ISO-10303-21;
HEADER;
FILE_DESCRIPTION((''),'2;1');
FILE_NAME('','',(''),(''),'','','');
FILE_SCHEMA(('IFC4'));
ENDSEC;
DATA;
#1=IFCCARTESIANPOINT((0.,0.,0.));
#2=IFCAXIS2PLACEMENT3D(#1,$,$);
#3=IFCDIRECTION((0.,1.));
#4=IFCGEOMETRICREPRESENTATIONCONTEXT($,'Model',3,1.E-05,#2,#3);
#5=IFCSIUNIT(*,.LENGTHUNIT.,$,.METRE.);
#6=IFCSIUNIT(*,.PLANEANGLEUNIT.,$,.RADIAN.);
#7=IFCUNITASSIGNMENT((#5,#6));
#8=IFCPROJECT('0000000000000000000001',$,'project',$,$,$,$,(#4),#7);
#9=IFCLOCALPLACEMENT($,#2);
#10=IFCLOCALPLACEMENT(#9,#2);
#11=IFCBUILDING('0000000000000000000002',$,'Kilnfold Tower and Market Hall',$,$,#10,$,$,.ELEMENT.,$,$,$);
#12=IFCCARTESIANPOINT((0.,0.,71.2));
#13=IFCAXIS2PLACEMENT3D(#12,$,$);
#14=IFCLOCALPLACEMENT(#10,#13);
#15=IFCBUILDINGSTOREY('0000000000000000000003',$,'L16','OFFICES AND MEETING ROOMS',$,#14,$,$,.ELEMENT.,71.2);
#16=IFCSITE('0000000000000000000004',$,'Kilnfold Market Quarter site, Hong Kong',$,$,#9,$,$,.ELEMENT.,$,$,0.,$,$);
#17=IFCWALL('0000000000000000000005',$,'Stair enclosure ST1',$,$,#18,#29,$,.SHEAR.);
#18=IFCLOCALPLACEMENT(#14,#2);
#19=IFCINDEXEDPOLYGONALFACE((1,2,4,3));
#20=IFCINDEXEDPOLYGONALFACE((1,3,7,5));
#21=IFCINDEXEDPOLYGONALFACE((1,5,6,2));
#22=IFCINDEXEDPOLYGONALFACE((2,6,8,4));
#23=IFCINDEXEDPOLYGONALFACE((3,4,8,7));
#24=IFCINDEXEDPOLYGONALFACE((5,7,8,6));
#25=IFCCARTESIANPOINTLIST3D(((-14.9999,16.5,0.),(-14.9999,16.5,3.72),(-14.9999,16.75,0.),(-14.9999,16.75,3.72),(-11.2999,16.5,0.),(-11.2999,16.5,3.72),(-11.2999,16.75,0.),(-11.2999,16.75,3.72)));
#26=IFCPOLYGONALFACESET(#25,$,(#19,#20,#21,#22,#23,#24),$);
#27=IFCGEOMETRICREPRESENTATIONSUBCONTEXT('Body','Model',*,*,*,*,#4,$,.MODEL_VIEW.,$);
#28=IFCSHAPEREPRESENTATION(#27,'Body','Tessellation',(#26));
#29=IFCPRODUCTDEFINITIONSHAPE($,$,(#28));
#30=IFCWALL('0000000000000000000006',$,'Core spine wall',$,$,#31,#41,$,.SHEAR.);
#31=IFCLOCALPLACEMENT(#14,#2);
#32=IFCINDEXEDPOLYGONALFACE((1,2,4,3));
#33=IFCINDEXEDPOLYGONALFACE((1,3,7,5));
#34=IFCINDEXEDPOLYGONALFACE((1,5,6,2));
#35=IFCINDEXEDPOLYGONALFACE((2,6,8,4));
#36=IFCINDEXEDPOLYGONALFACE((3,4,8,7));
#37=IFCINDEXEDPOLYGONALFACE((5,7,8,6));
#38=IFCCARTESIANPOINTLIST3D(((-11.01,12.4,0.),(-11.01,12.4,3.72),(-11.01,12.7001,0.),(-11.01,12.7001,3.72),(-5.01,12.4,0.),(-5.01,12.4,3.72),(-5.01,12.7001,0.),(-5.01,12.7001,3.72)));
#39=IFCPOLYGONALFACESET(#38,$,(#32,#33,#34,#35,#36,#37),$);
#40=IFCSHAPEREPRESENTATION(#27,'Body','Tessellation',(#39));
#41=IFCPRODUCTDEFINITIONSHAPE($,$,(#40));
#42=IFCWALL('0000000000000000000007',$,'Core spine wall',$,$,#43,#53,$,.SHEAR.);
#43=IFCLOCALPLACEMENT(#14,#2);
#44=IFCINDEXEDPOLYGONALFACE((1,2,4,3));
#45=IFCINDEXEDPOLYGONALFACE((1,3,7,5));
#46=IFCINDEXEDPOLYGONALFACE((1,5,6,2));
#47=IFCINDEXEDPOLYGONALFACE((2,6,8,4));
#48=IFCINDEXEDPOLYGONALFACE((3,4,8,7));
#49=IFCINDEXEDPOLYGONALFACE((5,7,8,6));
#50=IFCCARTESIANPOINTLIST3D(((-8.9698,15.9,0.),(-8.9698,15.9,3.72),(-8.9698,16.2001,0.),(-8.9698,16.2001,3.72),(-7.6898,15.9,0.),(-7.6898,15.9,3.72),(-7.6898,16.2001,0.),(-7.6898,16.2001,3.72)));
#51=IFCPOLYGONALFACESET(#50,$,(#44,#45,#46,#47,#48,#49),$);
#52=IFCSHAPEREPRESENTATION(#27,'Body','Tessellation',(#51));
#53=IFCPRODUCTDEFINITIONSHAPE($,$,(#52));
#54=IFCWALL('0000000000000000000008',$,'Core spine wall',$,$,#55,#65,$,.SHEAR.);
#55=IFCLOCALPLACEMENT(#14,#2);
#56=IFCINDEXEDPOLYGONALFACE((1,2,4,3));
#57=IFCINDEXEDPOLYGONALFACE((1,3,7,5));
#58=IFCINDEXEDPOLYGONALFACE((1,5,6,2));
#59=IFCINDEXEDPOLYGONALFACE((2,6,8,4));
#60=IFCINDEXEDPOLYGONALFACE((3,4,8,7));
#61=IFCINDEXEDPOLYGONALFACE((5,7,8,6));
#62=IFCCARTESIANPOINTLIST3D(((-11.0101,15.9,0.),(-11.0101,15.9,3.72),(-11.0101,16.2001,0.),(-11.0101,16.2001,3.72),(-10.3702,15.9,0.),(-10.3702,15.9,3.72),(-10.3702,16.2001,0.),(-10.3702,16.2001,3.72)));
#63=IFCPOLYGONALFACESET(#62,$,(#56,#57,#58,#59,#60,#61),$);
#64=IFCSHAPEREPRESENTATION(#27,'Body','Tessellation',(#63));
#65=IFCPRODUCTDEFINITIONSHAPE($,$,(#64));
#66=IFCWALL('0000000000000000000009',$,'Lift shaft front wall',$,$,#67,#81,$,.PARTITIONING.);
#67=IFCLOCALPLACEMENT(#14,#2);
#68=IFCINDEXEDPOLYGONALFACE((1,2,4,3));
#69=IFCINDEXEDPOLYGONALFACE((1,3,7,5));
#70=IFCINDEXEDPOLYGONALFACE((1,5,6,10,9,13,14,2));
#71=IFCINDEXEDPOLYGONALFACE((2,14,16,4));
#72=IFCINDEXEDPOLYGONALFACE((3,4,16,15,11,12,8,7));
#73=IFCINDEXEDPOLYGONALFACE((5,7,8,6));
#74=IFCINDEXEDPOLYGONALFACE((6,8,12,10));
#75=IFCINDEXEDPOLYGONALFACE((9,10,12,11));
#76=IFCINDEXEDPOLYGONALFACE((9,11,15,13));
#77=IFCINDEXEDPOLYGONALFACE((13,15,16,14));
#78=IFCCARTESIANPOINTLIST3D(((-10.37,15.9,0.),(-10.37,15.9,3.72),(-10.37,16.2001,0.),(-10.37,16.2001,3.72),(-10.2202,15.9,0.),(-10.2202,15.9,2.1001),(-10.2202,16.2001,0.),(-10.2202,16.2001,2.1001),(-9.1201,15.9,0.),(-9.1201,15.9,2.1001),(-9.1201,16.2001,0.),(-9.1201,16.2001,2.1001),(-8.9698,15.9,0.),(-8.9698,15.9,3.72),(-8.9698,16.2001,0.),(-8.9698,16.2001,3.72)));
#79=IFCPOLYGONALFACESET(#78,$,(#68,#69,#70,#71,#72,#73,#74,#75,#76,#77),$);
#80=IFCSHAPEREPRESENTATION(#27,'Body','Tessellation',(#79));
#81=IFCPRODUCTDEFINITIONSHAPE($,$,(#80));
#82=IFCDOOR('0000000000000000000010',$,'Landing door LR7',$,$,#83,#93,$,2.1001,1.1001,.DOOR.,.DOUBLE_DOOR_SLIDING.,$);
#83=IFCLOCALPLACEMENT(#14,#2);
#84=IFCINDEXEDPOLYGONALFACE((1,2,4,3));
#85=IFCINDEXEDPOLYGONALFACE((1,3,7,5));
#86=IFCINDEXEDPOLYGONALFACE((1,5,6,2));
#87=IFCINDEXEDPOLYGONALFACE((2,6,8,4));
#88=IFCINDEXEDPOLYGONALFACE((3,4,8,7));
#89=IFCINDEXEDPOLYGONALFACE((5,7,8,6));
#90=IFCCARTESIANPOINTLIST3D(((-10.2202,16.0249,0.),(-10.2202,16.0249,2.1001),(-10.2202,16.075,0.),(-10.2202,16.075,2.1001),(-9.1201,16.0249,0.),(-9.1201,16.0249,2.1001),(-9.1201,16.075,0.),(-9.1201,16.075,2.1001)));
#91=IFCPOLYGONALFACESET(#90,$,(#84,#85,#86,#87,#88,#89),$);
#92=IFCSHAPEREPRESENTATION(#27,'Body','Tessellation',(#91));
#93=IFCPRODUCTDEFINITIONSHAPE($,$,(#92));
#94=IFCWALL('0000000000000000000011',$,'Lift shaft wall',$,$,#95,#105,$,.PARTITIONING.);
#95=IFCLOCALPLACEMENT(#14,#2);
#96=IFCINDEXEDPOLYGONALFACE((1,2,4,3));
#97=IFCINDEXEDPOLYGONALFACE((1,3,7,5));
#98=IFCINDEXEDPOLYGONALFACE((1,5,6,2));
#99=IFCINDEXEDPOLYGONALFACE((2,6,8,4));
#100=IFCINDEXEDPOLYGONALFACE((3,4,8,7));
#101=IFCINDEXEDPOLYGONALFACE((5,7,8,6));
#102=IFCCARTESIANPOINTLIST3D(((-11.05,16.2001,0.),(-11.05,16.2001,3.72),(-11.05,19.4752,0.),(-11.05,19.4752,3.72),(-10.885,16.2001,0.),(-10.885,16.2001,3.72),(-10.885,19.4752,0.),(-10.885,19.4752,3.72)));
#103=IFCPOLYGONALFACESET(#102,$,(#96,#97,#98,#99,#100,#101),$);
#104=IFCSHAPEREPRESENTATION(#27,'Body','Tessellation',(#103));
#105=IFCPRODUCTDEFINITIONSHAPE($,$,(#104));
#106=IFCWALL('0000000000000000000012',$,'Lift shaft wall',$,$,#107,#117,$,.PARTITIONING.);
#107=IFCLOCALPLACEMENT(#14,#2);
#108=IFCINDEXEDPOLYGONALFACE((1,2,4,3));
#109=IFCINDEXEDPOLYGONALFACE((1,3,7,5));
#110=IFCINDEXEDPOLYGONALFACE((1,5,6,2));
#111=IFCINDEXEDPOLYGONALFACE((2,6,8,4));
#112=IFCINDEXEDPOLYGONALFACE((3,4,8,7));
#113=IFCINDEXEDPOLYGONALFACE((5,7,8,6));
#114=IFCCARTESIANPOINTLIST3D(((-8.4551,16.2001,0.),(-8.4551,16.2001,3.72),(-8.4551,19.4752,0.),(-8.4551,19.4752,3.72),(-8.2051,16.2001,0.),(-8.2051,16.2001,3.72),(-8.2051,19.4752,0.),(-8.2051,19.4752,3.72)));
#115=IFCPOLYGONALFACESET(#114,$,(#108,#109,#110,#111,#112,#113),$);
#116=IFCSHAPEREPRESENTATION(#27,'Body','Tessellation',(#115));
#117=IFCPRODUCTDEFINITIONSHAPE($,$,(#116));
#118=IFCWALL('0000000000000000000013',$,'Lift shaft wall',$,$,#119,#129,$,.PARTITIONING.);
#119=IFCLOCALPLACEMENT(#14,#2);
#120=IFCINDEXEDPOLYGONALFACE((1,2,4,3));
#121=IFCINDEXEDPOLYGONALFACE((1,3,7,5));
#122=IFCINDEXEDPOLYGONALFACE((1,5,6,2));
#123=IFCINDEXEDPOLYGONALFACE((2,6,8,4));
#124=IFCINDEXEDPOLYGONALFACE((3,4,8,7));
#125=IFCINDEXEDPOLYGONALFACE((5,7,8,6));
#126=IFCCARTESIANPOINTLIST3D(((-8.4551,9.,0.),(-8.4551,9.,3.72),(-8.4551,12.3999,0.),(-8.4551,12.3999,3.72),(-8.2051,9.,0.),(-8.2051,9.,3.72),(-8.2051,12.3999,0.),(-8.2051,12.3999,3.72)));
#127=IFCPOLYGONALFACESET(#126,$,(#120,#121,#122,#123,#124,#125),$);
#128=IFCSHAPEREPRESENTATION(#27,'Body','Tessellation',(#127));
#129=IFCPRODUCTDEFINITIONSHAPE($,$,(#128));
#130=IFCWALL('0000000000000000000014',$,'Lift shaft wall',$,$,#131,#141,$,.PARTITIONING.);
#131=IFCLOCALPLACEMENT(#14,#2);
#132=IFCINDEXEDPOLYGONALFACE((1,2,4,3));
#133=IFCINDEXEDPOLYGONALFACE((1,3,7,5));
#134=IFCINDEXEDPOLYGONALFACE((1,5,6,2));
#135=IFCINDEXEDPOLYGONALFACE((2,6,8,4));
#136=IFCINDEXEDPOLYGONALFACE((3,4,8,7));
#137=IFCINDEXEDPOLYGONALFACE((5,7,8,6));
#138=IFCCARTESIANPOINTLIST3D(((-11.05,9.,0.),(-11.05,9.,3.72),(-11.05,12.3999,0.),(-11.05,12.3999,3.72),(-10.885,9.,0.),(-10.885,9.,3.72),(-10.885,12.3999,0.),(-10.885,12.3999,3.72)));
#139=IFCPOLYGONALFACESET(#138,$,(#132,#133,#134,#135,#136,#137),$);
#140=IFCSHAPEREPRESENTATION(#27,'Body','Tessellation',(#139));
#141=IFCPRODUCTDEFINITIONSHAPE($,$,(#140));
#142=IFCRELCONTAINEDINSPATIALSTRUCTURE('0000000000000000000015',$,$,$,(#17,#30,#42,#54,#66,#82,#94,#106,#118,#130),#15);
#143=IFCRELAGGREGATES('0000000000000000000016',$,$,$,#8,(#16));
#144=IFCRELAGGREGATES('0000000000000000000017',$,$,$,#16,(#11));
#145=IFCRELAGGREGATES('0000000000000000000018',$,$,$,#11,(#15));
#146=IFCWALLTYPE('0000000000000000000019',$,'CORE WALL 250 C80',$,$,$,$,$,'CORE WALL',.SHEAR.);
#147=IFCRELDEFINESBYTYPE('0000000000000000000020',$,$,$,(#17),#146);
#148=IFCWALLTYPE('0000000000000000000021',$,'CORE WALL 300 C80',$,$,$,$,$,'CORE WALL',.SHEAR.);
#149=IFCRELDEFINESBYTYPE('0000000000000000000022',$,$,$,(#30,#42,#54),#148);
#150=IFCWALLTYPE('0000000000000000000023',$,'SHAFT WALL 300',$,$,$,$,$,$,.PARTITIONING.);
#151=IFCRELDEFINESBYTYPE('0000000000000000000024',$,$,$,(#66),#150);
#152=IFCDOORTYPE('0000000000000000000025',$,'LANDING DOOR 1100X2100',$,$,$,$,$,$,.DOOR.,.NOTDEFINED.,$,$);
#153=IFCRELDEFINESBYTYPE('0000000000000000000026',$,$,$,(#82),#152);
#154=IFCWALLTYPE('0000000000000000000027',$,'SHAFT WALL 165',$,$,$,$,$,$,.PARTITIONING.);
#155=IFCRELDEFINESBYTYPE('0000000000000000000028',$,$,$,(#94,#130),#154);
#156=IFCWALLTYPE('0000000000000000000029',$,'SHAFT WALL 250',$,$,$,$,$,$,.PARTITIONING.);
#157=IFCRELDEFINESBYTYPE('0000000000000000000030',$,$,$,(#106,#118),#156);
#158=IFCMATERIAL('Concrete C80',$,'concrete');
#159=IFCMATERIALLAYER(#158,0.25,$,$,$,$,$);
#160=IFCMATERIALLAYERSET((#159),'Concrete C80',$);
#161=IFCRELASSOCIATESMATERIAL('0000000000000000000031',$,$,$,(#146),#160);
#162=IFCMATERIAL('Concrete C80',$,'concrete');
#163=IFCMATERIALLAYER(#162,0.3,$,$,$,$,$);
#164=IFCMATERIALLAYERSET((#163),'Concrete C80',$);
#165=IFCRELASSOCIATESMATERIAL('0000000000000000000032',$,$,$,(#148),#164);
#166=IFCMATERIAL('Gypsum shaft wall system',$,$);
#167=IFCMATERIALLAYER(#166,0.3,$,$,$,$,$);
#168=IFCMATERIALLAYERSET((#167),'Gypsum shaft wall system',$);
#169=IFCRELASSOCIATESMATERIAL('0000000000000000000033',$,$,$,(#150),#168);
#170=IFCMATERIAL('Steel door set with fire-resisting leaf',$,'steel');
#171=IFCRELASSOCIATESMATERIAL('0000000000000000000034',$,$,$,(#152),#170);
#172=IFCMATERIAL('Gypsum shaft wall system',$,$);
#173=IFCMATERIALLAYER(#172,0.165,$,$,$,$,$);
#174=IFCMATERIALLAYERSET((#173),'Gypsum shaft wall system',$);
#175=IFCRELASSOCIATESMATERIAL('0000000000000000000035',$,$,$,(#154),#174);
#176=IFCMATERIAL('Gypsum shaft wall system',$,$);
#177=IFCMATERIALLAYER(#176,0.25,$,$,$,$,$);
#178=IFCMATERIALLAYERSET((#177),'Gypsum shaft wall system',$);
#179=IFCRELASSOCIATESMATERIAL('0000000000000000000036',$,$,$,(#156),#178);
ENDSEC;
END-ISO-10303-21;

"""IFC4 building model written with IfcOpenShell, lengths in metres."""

from ifc_helpers import new_model, si_unit, direction, frame, frame_2d, origin, place, context, subcontext, project, spatial, rectangle, extrude, source, transform, mapped, material, layer, layer_set, type_object, element, fill, save


model = new_model("IFC4")

# Units and contexts
model_context = context("Model", 3, precision=1e-05, world=origin(), true_north=direction((0.0, 1.0)))
body_context = subcontext(model_context, "Body", "Model", "MODEL_VIEW")
ifc_project = project(units=[si_unit("LENGTHUNIT", "METRE"), si_unit("PLANEANGLEUNIT", "RADIAN")], contexts=[model_context])

# Site, building, storey
site_placement = place(None, origin())
site = spatial("IfcSite", under=ifc_project, at=site_placement, Name="Kilnfold Market Quarter site, Hong Kong", CompositionType="ELEMENT", RefElevation=0.0)
building_placement = place(site_placement, origin())
building = spatial("IfcBuilding", under=site, at=building_placement, Name="Kilnfold Tower and Market Hall", CompositionType="ELEMENT")
storey_placement = place(building_placement, frame((0.0, 0.0, 71.2)))
storey = spatial("IfcBuildingStorey", under=building, at=storey_placement, Name="L16", Description="OFFICES AND MEETING ROOMS", CompositionType="ELEMENT", Elevation=71.2)

# Walls
ifc_material_1 = material(Name="Concrete C80", Category="concrete")
ifc_layer_1 = layer(ifc_material_1, 0.25)
ifc_layer_set_1 = layer_set([ifc_layer_1], Name="Concrete C80")
wall_type_1 = type_object("IfcWallType", Name="CORE WALL 250 C80", ElementType="CORE WALL", PredefinedType="SHEAR", material=ifc_layer_set_1)
shared_shape_1 = source(origin(), body_context, "Body", "SweptSolid", [
    extrude(rectangle(XDim=3.7, YDim=0.25, at=frame_2d((1.8501, 0.0))), origin(), (0.0, 0.0, 1.0), 3.72),
])
wall_1_placement = place(storey_placement, frame((-15.0, 16.625, 0.0), z_axis=(0.0, 0.0, 1.0), x_axis=(1.0, 0.0, 0.0)))
element("IfcWall", 1, at=wall_1_placement, inside=storey, type_object=wall_type_1, Name="Stair enclosure ST1", PredefinedType="SHEAR", context=body_context, shape_type="MappedRepresentation", body=[
    mapped(shared_shape_1, transform((0.0, 0.0, 0.0))),
])
ifc_material_2 = material(Name="Concrete C80", Category="concrete")
ifc_layer_2 = layer(ifc_material_2, 0.3)
ifc_layer_set_2 = layer_set([ifc_layer_2], Name="Concrete C80")
wall_type_2 = type_object("IfcWallType", Name="CORE WALL 300 C80", ElementType="CORE WALL", PredefinedType="SHEAR", material=ifc_layer_set_2)
shared_shape_2 = source(origin(), body_context, "Body", "SweptSolid", [
    extrude(rectangle(XDim=6.0, YDim=0.3, at=frame_2d((3.0, 0.0))), origin(), (0.0, 0.0, 1.0), 3.72),
])
wall_2_placement = place(storey_placement, frame((-11.01, 12.55, 0.0), z_axis=(0.0, 0.0, 1.0), x_axis=(1.0, 0.0, 0.0)))
element("IfcWall", 2, at=wall_2_placement, inside=storey, type_object=wall_type_2, Name="Core spine wall", PredefinedType="SHEAR", context=body_context, shape_type="MappedRepresentation", body=[
    mapped(shared_shape_2, transform((0.0, 0.0, 0.0))),
])
shared_shape_3 = source(origin(), body_context, "Body", "SweptSolid", [
    extrude(rectangle(XDim=1.28, YDim=0.3, at=frame_2d((0.6401, 0.0))), origin(), (0.0, 0.0, 1.0), 3.72),
])
wall_3_placement = place(storey_placement, frame((-8.97, 16.05, 0.0), z_axis=(0.0, 0.0, 1.0), x_axis=(1.0, 0.0, 0.0)))
element("IfcWall", 3, at=wall_3_placement, inside=storey, type_object=wall_type_2, Name="Core spine wall", PredefinedType="SHEAR", context=body_context, shape_type="MappedRepresentation", body=[
    mapped(shared_shape_3, transform((0.0, 0.0, 0.0))),
])
shared_shape_4 = source(origin(), body_context, "Body", "SweptSolid", [
    extrude(rectangle(XDim=0.6399, YDim=0.3, at=frame_2d((0.3198, 0.0))), origin(), (0.0, 0.0, 1.0), 3.72),
])
wall_4_placement = place(storey_placement, frame((-11.01, 16.05, 0.0), z_axis=(0.0, 0.0, 1.0), x_axis=(1.0, 0.0, 0.0)))
element("IfcWall", 4, at=wall_4_placement, inside=storey, type_object=wall_type_2, Name="Core spine wall", PredefinedType="SHEAR", context=body_context, shape_type="MappedRepresentation", body=[
    mapped(shared_shape_4, transform((0.0, 0.0, 0.0))),
])

# Wall, opening, door
ifc_material_3 = material(Name="Gypsum shaft wall system")
ifc_layer_3 = layer(ifc_material_3, 0.3)
ifc_layer_set_3 = layer_set([ifc_layer_3], Name="Gypsum shaft wall system")
wall_type_3 = type_object("IfcWallType", Name="SHAFT WALL 300", PredefinedType="PARTITIONING", material=ifc_layer_set_3)
shared_shape_5 = source(origin(), body_context, "Body", "SweptSolid", [
    extrude(rectangle(XDim=1.4001, YDim=0.3, at=frame_2d((0.7002, 0.0))), origin(), (0.0, 0.0, 1.0), 3.72),
])
wall_5_placement = place(storey_placement, frame((-10.3701, 16.05, 0.0), z_axis=(0.0, 0.0, 1.0), x_axis=(1.0, 0.0, 0.0)))
wall_5 = element("IfcWall", 5, at=wall_5_placement, inside=storey, type_object=wall_type_3, Name="Lift shaft front wall", PredefinedType="PARTITIONING", context=body_context, shape_type="MappedRepresentation", body=[
    mapped(shared_shape_5, transform((0.0, 0.0, 0.0))),
])
opening_placement = place(wall_5_placement, frame((0.1499, 0.0, 0.0)))
opening = element("IfcOpeningElement", 6, at=opening_placement, cuts=wall_5, PredefinedType="OPENING", context=body_context, shape_type="SweptSolid", body=[
    extrude(rectangle(XDim=1.1001, YDim=2.1001, at=frame_2d((0.55, 1.05))), frame((0.0, 0.1602, 0.0), z_axis=(0.0, -1.0, 0.0), x_axis=(1.0, 0.0, 0.0)), (0.0, 0.0, 1.0), 0.3201),
])
ifc_material_4 = material(Name="Steel door set with fire-resisting leaf", Category="steel")
door_type = type_object("IfcDoorType", Name="LANDING DOOR 1100X2100", OperationType="NOTDEFINED", PredefinedType="DOOR", material=ifc_material_4)
door_placement = place(opening_placement, origin())
door = element("IfcDoor", 7, at=door_placement, inside=storey, type_object=door_type, Name="Landing door LR7", OperationType="DOUBLE_DOOR_SLIDING", OverallHeight=2.1001, OverallWidth=1.1001, PredefinedType="DOOR", context=body_context, shape_type="SweptSolid", body=[
    extrude(rectangle(XDim=1.1001, YDim=2.1001, at=frame_2d((0.55, 1.05))), frame((0.0, 0.0249, 0.0), z_axis=(0.0, -1.0, 0.0), x_axis=(1.0, 0.0, 0.0)), (0.0, 0.0, 1.0), 0.05),
])
fill(opening, door)

# Walls
ifc_material_5 = material(Name="Gypsum shaft wall system")
ifc_layer_4 = layer(ifc_material_5, 0.165)
ifc_layer_set_4 = layer_set([ifc_layer_4], Name="Gypsum shaft wall system")
wall_type_4 = type_object("IfcWallType", Name="SHAFT WALL 165", PredefinedType="PARTITIONING", material=ifc_layer_set_4)
shared_shape_6 = source(origin(), body_context, "Body", "SweptSolid", [
    extrude(rectangle(XDim=3.2751, YDim=0.165, at=frame_2d((1.6377, 0.0))), origin(), (0.0, 0.0, 1.0), 3.72),
])
wall_6_placement = place(storey_placement, frame((-10.9675, 16.2, 0.0), z_axis=(0.0, 0.0, 1.0), x_axis=(0.0, 1.0, 0.0)))
element("IfcWall", 8, at=wall_6_placement, inside=storey, type_object=wall_type_4, Name="Lift shaft wall", PredefinedType="PARTITIONING", context=body_context, shape_type="MappedRepresentation", body=[
    mapped(shared_shape_6, transform((0.0, 0.0, 0.0))),
])
ifc_material_6 = material(Name="Gypsum shaft wall system")
ifc_layer_5 = layer(ifc_material_6, 0.25)
ifc_layer_set_5 = layer_set([ifc_layer_5], Name="Gypsum shaft wall system")
wall_type_5 = type_object("IfcWallType", Name="SHAFT WALL 250", PredefinedType="PARTITIONING", material=ifc_layer_set_5)
shared_shape_7 = source(origin(), body_context, "Body", "SweptSolid", [
    extrude(rectangle(XDim=3.2751, YDim=0.25, at=frame_2d((1.6377, 0.0))), origin(), (0.0, 0.0, 1.0), 3.72),
])
wall_7_placement = place(storey_placement, frame((-8.3301, 16.2, 0.0), z_axis=(0.0, 0.0, 1.0), x_axis=(0.0, 1.0, 0.0)))
element("IfcWall", 9, at=wall_7_placement, inside=storey, type_object=wall_type_5, Name="Lift shaft wall", PredefinedType="PARTITIONING", context=body_context, shape_type="MappedRepresentation", body=[
    mapped(shared_shape_7, transform((0.0, 0.0, 0.0))),
])
shared_shape_8 = source(origin(), body_context, "Body", "SweptSolid", [
    extrude(rectangle(XDim=3.3999, YDim=0.25, at=frame_2d((1.7, 0.0))), origin(), (0.0, 0.0, 1.0), 3.72),
])
wall_8_placement = place(storey_placement, frame((-8.3301, 9.0, 0.0), z_axis=(0.0, 0.0, 1.0), x_axis=(0.0, 1.0, 0.0)))
element("IfcWall", 10, at=wall_8_placement, inside=storey, type_object=wall_type_5, Name="Lift shaft wall", PredefinedType="PARTITIONING", context=body_context, shape_type="MappedRepresentation", body=[
    mapped(shared_shape_8, transform((0.0, 0.0, 0.0))),
])
shared_shape_9 = source(origin(), body_context, "Body", "SweptSolid", [
    extrude(rectangle(XDim=3.3999, YDim=0.165, at=frame_2d((1.7, 0.0))), origin(), (0.0, 0.0, 1.0), 3.72),
])
wall_9_placement = place(storey_placement, frame((-10.9675, 9.0, 0.0), z_axis=(0.0, 0.0, 1.0), x_axis=(0.0, 1.0, 0.0)))
element("IfcWall", 11, at=wall_9_placement, inside=storey, type_object=wall_type_4, Name="Lift shaft wall", PredefinedType="PARTITIONING", context=body_context, shape_type="MappedRepresentation", body=[
    mapped(shared_shape_9, transform((0.0, 0.0, 0.0))),
])

save(model, "model.ifc")
